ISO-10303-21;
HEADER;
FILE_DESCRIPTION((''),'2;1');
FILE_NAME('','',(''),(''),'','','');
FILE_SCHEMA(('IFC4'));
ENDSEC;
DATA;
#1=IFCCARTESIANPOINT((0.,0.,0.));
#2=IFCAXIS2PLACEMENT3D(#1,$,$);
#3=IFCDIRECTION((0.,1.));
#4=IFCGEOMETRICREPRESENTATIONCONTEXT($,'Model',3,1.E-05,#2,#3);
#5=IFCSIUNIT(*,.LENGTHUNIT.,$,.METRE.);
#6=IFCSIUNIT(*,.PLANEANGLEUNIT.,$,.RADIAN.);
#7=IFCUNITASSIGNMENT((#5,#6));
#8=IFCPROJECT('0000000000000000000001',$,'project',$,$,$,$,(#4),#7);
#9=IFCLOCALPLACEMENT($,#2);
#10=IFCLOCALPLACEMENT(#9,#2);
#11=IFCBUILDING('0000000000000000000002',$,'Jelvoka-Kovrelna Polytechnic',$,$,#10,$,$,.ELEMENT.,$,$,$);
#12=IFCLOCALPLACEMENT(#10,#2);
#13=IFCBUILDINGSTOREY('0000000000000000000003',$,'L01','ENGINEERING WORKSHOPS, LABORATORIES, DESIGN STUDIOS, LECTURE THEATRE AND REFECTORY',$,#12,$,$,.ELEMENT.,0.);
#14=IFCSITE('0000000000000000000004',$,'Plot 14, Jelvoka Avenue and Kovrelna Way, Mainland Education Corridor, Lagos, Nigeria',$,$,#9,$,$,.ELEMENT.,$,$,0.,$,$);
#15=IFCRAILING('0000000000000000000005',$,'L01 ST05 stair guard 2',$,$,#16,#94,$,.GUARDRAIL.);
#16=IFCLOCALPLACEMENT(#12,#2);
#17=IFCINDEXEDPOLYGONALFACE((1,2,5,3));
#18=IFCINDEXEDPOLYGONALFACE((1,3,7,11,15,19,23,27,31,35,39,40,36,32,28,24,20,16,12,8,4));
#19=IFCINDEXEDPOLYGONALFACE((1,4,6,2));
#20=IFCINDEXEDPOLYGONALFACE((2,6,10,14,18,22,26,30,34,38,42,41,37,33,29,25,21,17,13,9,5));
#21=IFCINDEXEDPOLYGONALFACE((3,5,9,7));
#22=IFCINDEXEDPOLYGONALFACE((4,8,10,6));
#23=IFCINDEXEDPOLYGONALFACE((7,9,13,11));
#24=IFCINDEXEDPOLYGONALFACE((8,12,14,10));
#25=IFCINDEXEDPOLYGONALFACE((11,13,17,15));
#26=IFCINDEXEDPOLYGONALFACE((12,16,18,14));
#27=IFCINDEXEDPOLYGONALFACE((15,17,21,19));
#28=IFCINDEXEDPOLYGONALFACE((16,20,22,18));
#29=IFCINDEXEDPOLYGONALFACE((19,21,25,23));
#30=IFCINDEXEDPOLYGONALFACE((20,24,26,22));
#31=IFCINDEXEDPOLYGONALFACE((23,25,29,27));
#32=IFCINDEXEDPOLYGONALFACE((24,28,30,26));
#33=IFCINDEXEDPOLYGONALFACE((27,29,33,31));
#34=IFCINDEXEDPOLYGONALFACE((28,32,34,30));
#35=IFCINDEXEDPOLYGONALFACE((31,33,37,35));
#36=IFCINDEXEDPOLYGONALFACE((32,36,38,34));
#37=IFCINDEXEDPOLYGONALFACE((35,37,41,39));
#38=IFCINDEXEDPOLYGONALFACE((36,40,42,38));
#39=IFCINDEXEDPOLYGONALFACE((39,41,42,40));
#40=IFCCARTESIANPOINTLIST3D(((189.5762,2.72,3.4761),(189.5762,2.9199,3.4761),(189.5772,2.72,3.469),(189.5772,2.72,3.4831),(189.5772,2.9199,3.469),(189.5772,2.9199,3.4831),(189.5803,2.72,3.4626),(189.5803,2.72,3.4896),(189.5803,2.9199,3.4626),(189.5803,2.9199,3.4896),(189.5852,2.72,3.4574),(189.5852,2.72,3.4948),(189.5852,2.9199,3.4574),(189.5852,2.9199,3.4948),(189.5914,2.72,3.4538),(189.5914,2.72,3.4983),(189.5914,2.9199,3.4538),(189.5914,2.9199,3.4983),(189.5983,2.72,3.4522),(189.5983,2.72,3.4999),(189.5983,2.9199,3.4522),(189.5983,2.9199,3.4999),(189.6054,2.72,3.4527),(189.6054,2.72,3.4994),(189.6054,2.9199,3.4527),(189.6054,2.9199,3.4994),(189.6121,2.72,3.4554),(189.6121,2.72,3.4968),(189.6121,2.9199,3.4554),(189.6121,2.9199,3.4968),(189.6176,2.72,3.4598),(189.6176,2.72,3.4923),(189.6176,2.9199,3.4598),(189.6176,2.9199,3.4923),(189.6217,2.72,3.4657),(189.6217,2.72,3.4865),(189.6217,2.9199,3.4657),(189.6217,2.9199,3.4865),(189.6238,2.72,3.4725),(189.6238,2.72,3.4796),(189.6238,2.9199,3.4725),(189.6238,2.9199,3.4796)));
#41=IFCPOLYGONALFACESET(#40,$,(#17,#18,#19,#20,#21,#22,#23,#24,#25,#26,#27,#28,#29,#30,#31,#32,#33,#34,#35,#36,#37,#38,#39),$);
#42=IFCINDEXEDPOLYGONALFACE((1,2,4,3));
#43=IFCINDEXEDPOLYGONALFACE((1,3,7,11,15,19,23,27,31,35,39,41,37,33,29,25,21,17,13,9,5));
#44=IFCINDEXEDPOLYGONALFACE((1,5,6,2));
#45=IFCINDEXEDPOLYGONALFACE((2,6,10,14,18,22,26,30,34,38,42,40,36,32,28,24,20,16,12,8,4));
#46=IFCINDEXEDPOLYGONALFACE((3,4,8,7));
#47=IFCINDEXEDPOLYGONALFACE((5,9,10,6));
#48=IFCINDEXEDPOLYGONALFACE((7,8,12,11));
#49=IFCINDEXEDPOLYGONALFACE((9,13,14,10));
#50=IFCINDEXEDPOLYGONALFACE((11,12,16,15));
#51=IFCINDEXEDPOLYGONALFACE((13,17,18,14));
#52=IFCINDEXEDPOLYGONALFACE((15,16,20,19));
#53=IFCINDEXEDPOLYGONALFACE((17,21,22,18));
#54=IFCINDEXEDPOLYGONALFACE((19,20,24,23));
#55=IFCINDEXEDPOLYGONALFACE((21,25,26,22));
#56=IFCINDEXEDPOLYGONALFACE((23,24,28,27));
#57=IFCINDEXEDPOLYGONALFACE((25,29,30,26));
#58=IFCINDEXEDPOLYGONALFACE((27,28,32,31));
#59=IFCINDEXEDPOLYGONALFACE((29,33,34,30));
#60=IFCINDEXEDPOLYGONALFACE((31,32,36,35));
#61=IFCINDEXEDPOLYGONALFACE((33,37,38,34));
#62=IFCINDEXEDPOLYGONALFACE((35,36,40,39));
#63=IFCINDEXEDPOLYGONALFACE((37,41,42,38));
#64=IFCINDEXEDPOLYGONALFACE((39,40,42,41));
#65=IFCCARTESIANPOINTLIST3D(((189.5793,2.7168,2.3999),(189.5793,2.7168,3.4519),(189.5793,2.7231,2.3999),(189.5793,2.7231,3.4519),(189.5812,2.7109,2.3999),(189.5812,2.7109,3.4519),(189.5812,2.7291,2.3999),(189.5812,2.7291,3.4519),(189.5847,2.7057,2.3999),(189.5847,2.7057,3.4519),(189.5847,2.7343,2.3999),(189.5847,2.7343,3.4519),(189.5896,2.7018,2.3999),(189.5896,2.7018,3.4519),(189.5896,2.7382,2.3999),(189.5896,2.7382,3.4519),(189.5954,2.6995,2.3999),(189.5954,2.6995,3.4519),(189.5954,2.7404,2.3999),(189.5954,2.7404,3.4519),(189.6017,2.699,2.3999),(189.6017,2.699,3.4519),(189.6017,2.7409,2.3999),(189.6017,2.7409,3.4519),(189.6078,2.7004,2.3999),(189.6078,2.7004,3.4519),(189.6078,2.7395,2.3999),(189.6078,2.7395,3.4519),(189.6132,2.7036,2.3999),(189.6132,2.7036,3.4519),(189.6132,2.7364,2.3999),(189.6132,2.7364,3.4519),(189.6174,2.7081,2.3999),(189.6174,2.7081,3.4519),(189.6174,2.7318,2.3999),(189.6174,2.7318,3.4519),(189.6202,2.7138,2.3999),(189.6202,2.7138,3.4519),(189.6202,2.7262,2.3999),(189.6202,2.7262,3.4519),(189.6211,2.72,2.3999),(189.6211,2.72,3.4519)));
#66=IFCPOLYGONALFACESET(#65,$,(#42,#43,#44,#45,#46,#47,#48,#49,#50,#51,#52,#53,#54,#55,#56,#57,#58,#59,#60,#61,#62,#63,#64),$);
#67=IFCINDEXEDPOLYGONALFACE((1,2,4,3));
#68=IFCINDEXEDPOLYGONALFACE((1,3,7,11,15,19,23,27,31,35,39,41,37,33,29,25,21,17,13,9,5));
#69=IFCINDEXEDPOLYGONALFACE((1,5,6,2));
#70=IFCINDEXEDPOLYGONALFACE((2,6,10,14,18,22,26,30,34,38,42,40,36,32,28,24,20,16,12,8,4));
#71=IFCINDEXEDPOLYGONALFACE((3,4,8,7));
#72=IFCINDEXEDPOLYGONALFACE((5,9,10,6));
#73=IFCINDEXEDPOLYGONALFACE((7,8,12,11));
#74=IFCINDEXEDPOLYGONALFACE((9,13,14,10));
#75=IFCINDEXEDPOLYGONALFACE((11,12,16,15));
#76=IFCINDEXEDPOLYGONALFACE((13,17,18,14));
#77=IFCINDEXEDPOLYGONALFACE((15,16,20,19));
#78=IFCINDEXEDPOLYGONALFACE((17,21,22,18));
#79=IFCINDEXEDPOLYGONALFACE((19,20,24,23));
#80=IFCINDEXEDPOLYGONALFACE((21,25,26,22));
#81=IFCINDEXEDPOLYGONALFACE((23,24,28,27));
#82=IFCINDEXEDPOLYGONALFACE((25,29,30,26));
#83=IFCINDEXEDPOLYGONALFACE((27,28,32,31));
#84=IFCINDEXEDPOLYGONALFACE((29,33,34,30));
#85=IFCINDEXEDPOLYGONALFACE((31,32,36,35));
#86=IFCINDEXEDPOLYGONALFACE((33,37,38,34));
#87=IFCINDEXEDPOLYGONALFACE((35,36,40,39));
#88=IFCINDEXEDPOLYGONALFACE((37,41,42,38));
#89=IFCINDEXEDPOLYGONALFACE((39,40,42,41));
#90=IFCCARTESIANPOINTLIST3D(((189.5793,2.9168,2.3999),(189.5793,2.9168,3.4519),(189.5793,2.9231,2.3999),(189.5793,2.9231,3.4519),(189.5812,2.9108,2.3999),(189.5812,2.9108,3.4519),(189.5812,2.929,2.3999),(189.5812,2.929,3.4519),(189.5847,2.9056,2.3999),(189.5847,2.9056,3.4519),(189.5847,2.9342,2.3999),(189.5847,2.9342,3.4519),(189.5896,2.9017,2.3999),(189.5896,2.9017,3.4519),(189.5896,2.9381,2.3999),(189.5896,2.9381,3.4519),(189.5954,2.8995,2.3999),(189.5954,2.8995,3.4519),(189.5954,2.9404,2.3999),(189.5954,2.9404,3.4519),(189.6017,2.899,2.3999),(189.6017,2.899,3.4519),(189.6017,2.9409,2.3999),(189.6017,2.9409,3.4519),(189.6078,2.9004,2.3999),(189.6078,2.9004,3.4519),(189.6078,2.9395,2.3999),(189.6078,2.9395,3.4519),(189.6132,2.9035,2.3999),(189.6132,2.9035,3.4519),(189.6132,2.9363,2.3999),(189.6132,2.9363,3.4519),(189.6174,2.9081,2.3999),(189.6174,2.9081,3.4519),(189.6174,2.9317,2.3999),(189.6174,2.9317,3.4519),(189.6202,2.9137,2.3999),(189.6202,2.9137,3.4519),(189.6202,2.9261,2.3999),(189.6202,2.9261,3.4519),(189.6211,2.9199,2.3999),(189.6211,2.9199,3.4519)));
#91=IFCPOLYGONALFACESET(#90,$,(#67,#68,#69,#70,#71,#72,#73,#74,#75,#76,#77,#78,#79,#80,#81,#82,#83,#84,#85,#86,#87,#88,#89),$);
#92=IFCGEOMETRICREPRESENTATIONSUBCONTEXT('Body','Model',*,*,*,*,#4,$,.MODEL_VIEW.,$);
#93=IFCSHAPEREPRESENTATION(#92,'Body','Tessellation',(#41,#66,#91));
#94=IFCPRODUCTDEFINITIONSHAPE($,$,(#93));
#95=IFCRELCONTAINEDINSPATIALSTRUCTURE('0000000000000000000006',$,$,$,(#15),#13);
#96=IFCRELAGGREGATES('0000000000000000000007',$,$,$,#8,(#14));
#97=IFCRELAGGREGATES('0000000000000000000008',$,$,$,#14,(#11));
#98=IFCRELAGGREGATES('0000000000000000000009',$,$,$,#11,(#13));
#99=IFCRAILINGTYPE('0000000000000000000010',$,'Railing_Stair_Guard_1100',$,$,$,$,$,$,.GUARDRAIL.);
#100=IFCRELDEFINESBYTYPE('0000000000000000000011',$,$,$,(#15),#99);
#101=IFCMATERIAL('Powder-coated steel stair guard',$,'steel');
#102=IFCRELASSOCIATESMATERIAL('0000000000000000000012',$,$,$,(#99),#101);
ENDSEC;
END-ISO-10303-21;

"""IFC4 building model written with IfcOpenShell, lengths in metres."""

from ifc_helpers import new_model, si_unit, direction, frame, origin, origin_2d, place, context, subcontext, project, spatial, circle, extrude, material, type_object, element, save


model = new_model("IFC4")

# Units and contexts
model_context = context("Model", 3, precision=1e-05, world=origin(), true_north=direction((0.0, 1.0)))
body_context = subcontext(model_context, "Body", "Model", "MODEL_VIEW")
ifc_project = project(units=[si_unit("LENGTHUNIT", "METRE"), si_unit("PLANEANGLEUNIT", "RADIAN")], contexts=[model_context])

# Site, building, storey
site_placement = place(None, origin())
site = spatial("IfcSite", under=ifc_project, at=site_placement, Name="Plot 14, Jelvoka Avenue and Kovrelna Way, Mainland Education Corridor, Lagos, Nigeria", CompositionType="ELEMENT", RefElevation=0.0)
building_placement = place(site_placement, origin())
building = spatial("IfcBuilding", under=site, at=building_placement, Name="Jelvoka-Kovrelna Polytechnic", CompositionType="ELEMENT")
storey_placement = place(building_placement, origin())
storey = spatial("IfcBuildingStorey", under=building, at=storey_placement, Name="L01", Description="ENGINEERING WORKSHOPS, LABORATORIES, DESIGN STUDIOS, LECTURE THEATRE AND REFECTORY", CompositionType="ELEMENT", Elevation=0.0)

# Railing
ifc_material_1 = material(Name="Powder-coated steel stair guard", Category="steel")
railing_type_1 = type_object("IfcRailingType", Name="Railing_Stair_Guard_1100", PredefinedType="GUARDRAIL", material=ifc_material_1)
railing_1_placement = place(storey_placement, frame((189.6001, 2.72, 2.3999)))
element("IfcRailing", 1, at=railing_1_placement, inside=storey, type_object=railing_type_1, Name="L01 ST05 stair guard 2", PredefinedType="GUARDRAIL", context=body_context, shape_type="SweptSolid", body=[
    extrude(circle(Radius=0.0239, at=origin_2d()), frame((0.0, 0.0, 1.0762), z_axis=(0.0, 1.0, 0.0), x_axis=(-1.0, 0.0, 0.0)), (0.0, 0.0, 1.0), 0.2),
    extrude(circle(Radius=0.021, at=origin_2d()), origin(), (0.0, 0.0, 1.0), 1.052),
    extrude(circle(Radius=0.021, at=origin_2d()), frame((0.0, 0.2, 0.0)), (0.0, 0.0, 1.0), 1.052),
])

save(model, "model.ifc")
